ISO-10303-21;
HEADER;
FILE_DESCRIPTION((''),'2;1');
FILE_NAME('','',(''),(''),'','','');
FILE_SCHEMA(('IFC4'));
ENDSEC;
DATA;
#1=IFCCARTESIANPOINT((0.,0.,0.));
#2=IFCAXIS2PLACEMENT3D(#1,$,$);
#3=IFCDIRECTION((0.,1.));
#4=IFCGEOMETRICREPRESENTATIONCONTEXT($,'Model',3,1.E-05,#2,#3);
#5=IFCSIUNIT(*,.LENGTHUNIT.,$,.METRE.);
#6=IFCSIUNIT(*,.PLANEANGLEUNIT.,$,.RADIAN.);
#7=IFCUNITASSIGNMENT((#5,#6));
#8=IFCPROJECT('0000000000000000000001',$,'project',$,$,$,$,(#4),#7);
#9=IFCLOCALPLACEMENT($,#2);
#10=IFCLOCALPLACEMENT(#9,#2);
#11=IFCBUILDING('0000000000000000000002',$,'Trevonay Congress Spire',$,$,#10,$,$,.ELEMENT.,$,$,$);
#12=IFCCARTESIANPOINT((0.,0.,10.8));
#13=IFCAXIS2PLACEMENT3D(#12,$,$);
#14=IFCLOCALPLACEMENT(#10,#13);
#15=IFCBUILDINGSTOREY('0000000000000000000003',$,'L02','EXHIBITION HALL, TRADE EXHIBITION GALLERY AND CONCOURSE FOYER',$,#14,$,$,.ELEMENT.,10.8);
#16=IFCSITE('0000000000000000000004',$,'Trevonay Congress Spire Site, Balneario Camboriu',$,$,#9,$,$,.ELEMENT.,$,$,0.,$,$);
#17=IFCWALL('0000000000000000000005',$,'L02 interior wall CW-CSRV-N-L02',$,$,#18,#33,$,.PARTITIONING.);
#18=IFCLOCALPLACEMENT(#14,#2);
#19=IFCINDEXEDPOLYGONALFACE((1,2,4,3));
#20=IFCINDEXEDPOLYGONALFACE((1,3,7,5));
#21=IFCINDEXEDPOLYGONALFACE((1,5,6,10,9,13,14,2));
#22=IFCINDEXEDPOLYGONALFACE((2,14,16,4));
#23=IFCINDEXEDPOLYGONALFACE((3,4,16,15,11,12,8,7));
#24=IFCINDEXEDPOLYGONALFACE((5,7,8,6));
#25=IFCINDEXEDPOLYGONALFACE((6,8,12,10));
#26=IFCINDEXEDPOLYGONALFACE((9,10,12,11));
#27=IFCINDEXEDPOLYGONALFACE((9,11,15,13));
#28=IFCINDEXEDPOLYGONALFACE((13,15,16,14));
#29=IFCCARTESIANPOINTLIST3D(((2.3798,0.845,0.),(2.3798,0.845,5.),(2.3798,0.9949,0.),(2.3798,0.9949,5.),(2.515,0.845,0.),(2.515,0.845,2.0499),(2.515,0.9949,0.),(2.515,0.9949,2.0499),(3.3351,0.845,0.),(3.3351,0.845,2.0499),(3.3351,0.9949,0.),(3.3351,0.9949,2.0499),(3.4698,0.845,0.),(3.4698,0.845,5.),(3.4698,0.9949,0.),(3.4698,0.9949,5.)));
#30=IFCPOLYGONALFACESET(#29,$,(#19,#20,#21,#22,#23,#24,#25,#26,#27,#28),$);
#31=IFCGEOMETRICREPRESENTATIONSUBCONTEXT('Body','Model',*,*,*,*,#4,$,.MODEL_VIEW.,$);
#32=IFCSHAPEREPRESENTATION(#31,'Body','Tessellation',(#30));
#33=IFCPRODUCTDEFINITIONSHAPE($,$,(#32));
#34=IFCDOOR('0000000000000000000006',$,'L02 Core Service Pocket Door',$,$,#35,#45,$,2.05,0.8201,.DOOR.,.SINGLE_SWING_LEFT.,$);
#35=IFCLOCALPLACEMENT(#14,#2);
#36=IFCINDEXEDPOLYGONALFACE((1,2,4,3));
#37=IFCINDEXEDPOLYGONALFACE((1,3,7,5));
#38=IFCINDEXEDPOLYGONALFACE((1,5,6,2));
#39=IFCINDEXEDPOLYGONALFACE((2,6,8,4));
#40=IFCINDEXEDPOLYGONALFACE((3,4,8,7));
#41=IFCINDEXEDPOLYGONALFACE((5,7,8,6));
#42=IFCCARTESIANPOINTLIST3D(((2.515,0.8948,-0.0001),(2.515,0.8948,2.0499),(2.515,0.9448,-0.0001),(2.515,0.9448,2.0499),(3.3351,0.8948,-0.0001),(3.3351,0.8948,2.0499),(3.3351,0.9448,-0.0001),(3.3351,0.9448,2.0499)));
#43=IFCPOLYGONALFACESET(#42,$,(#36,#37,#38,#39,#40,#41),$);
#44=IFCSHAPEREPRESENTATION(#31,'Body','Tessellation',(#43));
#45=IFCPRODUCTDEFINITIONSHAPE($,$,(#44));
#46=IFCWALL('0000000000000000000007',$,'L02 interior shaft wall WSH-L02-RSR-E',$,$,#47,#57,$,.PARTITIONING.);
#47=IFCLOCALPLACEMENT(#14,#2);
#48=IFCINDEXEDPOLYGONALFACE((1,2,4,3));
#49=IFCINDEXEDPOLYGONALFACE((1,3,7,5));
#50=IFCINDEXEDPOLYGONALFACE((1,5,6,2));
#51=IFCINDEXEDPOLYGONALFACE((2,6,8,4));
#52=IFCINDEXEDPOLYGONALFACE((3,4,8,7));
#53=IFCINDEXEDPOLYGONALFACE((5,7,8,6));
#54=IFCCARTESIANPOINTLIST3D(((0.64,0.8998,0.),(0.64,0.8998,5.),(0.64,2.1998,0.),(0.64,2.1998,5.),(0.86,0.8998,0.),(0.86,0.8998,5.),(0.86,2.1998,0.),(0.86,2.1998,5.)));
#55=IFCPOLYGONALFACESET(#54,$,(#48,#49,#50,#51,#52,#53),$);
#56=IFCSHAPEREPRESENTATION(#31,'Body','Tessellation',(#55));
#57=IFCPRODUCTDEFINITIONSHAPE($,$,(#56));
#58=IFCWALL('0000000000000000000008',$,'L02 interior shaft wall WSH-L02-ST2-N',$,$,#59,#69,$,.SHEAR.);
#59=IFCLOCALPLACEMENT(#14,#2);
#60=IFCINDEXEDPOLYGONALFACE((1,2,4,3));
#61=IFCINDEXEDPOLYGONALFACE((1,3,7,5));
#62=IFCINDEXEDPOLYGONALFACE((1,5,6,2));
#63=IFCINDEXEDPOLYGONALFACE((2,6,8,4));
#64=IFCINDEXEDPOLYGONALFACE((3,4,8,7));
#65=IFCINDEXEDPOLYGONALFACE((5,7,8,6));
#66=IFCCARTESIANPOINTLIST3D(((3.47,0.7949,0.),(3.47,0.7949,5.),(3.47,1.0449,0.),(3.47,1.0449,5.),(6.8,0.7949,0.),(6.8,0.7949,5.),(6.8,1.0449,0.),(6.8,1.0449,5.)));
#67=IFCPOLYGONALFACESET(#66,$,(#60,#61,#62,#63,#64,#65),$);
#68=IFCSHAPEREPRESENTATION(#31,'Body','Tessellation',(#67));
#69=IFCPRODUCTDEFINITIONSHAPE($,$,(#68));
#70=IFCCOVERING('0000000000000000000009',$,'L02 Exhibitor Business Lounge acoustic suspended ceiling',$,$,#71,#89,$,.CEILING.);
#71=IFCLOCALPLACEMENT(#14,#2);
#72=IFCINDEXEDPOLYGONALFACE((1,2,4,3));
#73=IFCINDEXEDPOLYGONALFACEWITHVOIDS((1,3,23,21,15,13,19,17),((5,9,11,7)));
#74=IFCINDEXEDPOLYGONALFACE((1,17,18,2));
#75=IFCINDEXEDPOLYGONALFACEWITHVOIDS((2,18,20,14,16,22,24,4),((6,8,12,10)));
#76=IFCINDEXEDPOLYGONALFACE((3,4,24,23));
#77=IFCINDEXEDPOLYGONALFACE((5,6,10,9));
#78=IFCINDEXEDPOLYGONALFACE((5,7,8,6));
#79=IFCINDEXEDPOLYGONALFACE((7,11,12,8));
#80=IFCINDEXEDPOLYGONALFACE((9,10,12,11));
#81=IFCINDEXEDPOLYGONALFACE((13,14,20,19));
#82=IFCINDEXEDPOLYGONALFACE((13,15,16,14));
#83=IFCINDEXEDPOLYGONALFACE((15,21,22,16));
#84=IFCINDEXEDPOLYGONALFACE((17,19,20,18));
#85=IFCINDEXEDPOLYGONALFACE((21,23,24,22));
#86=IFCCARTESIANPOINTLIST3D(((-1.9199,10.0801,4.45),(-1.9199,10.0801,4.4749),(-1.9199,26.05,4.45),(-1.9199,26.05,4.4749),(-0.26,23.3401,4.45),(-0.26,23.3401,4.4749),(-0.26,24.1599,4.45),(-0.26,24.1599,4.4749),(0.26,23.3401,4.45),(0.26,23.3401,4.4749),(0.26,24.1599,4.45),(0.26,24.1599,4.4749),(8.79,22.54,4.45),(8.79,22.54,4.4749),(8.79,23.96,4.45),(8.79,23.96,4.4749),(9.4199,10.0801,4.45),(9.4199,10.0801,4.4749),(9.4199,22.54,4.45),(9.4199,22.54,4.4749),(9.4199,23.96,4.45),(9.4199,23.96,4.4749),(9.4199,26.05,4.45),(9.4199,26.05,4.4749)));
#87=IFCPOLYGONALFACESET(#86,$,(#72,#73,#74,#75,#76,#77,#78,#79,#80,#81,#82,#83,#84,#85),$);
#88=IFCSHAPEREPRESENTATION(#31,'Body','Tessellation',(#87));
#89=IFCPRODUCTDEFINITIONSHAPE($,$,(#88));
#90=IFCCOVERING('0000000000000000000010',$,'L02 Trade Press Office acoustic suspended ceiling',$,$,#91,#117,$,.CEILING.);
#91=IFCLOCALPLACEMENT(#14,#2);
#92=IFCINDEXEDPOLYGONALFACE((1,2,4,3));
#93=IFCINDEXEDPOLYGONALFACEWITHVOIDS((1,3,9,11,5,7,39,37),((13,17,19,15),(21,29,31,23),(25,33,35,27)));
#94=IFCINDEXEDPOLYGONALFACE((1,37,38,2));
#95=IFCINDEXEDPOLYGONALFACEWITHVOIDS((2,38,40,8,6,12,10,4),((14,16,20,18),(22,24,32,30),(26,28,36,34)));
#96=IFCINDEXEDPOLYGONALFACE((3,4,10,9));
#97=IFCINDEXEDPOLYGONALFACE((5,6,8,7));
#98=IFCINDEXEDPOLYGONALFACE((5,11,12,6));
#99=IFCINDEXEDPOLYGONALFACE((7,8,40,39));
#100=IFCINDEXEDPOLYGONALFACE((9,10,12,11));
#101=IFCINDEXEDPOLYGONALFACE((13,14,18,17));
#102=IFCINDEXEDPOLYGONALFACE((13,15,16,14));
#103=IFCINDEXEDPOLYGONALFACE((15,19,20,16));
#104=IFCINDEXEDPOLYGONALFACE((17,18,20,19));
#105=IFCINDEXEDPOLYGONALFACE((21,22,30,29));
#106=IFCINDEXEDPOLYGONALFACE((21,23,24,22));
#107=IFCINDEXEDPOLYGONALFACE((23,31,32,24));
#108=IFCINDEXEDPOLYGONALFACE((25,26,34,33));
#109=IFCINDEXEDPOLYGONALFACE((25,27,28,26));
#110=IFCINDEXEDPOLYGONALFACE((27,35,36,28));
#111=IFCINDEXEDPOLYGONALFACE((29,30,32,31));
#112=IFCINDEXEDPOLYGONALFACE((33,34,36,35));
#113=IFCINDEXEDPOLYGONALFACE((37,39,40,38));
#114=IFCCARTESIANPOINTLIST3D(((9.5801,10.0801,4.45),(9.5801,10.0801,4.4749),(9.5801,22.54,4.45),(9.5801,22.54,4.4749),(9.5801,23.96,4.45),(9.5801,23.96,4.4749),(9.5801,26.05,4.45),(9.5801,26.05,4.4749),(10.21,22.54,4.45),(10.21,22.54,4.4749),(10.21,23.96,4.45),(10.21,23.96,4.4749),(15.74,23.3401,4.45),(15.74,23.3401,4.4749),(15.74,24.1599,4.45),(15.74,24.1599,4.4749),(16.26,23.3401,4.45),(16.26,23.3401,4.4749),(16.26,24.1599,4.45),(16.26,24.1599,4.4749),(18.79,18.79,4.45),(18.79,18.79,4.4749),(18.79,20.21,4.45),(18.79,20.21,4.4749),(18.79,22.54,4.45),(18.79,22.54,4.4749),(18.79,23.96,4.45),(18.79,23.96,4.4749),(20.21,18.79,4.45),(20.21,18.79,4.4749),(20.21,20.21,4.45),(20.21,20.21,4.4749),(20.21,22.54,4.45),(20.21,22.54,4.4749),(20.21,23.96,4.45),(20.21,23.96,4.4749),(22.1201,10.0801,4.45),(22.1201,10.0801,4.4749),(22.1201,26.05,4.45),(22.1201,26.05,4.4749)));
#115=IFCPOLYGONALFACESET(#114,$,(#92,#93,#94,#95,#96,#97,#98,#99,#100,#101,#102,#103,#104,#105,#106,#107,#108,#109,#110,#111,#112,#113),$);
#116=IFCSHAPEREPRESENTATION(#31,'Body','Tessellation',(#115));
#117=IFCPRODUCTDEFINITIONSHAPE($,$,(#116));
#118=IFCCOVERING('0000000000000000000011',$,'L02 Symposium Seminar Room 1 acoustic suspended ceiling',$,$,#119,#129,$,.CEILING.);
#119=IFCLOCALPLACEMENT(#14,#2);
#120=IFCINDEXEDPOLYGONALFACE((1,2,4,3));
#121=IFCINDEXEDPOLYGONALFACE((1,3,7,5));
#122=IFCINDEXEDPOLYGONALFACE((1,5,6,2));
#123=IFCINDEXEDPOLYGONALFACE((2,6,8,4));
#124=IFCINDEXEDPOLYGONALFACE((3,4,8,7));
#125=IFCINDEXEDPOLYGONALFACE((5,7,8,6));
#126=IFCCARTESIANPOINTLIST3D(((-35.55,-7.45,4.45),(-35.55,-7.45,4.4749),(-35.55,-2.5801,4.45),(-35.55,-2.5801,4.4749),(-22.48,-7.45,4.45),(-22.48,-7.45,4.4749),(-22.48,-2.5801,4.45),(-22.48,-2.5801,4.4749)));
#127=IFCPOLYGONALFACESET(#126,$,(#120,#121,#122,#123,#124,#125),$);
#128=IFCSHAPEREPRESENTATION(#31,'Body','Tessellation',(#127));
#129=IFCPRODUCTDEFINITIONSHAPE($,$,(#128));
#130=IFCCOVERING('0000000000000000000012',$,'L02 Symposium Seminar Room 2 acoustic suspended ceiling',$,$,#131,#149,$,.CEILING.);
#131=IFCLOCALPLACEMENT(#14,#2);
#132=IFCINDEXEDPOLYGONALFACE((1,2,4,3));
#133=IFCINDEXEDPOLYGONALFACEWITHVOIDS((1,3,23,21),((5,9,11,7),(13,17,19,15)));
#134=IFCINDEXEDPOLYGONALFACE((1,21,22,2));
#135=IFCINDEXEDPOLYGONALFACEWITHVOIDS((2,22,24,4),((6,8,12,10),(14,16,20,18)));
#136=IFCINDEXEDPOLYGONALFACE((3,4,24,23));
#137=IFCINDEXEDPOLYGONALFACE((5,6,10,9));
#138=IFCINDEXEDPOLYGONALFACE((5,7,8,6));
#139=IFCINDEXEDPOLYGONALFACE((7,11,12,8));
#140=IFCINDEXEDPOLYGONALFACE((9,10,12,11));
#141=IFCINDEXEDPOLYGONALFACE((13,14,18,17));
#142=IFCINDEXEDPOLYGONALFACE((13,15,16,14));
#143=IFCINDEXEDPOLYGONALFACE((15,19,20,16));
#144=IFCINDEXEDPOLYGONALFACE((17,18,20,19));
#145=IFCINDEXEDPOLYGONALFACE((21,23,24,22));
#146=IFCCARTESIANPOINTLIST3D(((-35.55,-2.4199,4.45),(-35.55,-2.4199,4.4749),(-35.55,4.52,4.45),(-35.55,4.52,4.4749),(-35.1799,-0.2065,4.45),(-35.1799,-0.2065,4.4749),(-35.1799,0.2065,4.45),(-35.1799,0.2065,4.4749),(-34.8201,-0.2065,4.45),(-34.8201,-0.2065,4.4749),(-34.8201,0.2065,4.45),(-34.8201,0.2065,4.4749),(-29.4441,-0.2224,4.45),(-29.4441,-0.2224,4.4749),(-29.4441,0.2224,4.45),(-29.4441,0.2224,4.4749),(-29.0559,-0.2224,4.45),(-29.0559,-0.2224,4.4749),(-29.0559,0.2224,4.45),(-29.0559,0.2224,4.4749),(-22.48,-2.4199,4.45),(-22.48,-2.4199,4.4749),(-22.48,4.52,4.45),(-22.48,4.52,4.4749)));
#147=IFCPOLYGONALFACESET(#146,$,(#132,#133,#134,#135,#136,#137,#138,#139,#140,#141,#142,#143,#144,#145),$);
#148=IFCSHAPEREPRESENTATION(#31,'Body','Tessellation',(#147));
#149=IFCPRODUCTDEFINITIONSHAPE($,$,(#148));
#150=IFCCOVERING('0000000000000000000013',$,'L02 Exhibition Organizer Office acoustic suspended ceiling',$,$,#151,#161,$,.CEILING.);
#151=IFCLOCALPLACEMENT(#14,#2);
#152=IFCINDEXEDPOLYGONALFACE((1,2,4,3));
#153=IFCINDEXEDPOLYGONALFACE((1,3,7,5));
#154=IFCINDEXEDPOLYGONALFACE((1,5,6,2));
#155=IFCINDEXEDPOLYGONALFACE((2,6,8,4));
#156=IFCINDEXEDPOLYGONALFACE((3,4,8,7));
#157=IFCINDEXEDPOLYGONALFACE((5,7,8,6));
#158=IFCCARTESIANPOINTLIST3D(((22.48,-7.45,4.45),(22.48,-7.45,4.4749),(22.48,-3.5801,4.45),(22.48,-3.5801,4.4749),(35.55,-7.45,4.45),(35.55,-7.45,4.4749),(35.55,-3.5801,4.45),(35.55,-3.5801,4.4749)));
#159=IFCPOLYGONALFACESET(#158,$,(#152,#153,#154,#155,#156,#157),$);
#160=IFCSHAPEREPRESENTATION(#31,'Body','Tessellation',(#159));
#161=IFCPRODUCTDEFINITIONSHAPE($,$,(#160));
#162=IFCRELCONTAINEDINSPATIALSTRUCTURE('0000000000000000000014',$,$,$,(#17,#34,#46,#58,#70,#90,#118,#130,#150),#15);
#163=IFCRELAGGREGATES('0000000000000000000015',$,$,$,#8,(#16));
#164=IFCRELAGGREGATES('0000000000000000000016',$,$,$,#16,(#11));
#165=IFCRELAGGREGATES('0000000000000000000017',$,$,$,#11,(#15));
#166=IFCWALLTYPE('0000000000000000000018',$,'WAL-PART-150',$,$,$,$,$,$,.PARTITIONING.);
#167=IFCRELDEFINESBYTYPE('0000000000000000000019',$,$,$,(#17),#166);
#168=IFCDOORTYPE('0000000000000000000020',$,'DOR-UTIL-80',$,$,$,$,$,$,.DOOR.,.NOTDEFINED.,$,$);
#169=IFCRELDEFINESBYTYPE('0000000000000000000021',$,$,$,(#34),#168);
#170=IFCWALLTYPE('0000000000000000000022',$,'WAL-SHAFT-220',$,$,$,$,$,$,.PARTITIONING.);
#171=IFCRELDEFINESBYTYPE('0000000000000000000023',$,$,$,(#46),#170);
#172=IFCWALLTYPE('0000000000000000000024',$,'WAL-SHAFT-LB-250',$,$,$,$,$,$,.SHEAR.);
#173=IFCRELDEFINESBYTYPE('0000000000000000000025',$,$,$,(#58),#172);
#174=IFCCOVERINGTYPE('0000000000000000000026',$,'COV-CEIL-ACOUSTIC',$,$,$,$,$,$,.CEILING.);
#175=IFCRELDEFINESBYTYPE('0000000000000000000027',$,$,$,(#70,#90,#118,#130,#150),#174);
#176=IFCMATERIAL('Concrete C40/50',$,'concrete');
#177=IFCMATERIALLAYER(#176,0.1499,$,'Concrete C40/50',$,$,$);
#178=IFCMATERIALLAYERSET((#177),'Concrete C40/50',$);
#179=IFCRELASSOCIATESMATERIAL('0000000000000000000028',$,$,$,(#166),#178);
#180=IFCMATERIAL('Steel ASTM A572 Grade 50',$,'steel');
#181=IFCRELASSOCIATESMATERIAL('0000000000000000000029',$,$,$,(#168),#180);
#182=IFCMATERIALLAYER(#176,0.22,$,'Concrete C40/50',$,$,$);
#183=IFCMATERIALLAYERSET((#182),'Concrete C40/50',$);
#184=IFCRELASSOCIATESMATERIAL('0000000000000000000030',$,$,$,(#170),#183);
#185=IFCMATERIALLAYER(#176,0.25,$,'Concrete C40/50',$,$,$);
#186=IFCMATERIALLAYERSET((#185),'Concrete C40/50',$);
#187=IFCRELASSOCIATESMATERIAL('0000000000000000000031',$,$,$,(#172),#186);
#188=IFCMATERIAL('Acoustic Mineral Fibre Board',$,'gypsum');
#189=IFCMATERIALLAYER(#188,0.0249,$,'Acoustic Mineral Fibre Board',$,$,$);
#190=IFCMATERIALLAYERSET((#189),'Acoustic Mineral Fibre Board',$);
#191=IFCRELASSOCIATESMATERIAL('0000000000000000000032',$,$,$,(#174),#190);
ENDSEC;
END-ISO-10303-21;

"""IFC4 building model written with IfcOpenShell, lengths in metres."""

from ifc_helpers import new_model, si_unit, direction, frame, frame_2d, origin, place, context, subcontext, project, spatial, polyline, rectangle, outline, extrude, material, layer, layer_set, type_object, element, fill, save


model = new_model("IFC4")

# Units and contexts
model_context = context("Model", 3, precision=1e-05, world=origin(), true_north=direction((0.0, 1.0)))
body_context = subcontext(model_context, "Body", "Model", "MODEL_VIEW")
ifc_project = project(units=[si_unit("LENGTHUNIT", "METRE"), si_unit("PLANEANGLEUNIT", "RADIAN")], contexts=[model_context])

# Site, building, storey
site_placement = place(None, origin())
site = spatial("IfcSite", under=ifc_project, at=site_placement, Name="Trevonay Congress Spire Site, Balneario Camboriu", CompositionType="ELEMENT", RefElevation=0.0)
building_placement = place(site_placement, origin())
building = spatial("IfcBuilding", under=site, at=building_placement, Name="Trevonay Congress Spire", CompositionType="ELEMENT")
storey_placement = place(building_placement, frame((0.0, 0.0, 10.8)))
storey = spatial("IfcBuildingStorey", under=building, at=storey_placement, Name="L02", Description="EXHIBITION HALL, TRADE EXHIBITION GALLERY AND CONCOURSE FOYER", CompositionType="ELEMENT", Elevation=10.8)

# Shared definitions
ifc_material_1 = material(Name="Steel ASTM A572 Grade 50", Category="steel")

# Wall, opening, door
ifc_material_2 = material(Name="Concrete C40/50", Category="concrete")
ifc_layer_1 = layer(ifc_material_2, 0.1499, Name="Concrete C40/50")
ifc_layer_set_1 = layer_set([ifc_layer_1], Name="Concrete C40/50")
wall_type_1 = type_object("IfcWallType", Name="WAL-PART-150", PredefinedType="PARTITIONING", material=ifc_layer_set_1)
wall_1_placement = place(storey_placement, frame((2.3799, 0.9199, 0.0), z_axis=(0.0, 0.0, 1.0), x_axis=(1.0, 0.0, 0.0)))
wall_1 = element("IfcWall", 1, at=wall_1_placement, inside=storey, type_object=wall_type_1, Name="L02 interior wall CW-CSRV-N-L02", PredefinedType="PARTITIONING", context=body_context, shape_type="SweptSolid", body=[
    extrude(rectangle(XDim=1.0901, YDim=0.1499, at=frame_2d((0.5449, 0.0))), origin(), (0.0, 0.0, 1.0), 5.0),
])
opening_placement = place(wall_1_placement, frame((0.135, 0.0, 0.0)))
opening = element("IfcOpeningElement", 2, at=opening_placement, cuts=wall_1, PredefinedType="OPENING", context=body_context, shape_type="SweptSolid", body=[
    extrude(rectangle(XDim=0.8201, YDim=2.05, at=frame_2d((0.4102, 1.0249))), frame((0.0, 0.085, 0.0), z_axis=(0.0, -1.0, 0.0), x_axis=(1.0, 0.0, 0.0)), (0.0, 0.0, 1.0), 0.1699),
])
door_type = type_object("IfcDoorType", Name="DOR-UTIL-80", OperationType="NOTDEFINED", PredefinedType="DOOR", material=ifc_material_1)
door_placement = place(opening_placement, origin())
door = element("IfcDoor", 3, at=door_placement, inside=storey, type_object=door_type, Name="L02 Core Service Pocket Door", OperationType="SINGLE_SWING_LEFT", OverallHeight=2.05, OverallWidth=0.8201, PredefinedType="DOOR", context=body_context, shape_type="SweptSolid", body=[
    extrude(rectangle(XDim=0.8201, YDim=2.05, at=frame_2d((0.4102, 1.0249))), frame((0.0, 0.0249, 0.0), z_axis=(0.0, -1.0, 0.0), x_axis=(1.0, 0.0, 0.0)), (0.0, 0.0, 1.0), 0.05),
])
fill(opening, door)

# Walls
ifc_layer_2 = layer(ifc_material_2, 0.22, Name="Concrete C40/50")
ifc_layer_set_2 = layer_set([ifc_layer_2], Name="Concrete C40/50")
wall_type_2 = type_object("IfcWallType", Name="WAL-SHAFT-220", PredefinedType="PARTITIONING", material=ifc_layer_set_2)
wall_2_placement = place(storey_placement, frame((0.75, 0.8999, 0.0), z_axis=(0.0, 0.0, 1.0), x_axis=(0.0, 1.0, 0.0)))
element("IfcWall", 4, at=wall_2_placement, inside=storey, type_object=wall_type_2, Name="L02 interior shaft wall WSH-L02-RSR-E", PredefinedType="PARTITIONING", context=body_context, shape_type="SweptSolid", body=[
    extrude(rectangle(XDim=1.3, YDim=0.22, at=frame_2d((0.6499, 0.0))), origin(), (0.0, 0.0, 1.0), 5.0),
])
ifc_layer_3 = layer(ifc_material_2, 0.25, Name="Concrete C40/50")
ifc_layer_set_3 = layer_set([ifc_layer_3], Name="Concrete C40/50")
wall_type_3 = type_object("IfcWallType", Name="WAL-SHAFT-LB-250", PredefinedType="SHEAR", material=ifc_layer_set_3)
wall_3_placement = place(storey_placement, frame((3.47, 0.9199, 0.0), z_axis=(0.0, 0.0, 1.0), x_axis=(1.0, 0.0, 0.0)))
element("IfcWall", 5, at=wall_3_placement, inside=storey, type_object=wall_type_3, Name="L02 interior shaft wall WSH-L02-ST2-N", PredefinedType="SHEAR", context=body_context, shape_type="SweptSolid", body=[
    extrude(rectangle(XDim=3.3301, YDim=0.25, at=frame_2d((1.665, 0.0))), origin(), (0.0, 0.0, 1.0), 5.0),
])

# Coverings
ifc_material_3 = material(Name="Acoustic Mineral Fibre Board", Category="gypsum")
ifc_layer_4 = layer(ifc_material_3, 0.0249, Name="Acoustic Mineral Fibre Board")
ifc_layer_set_4 = layer_set([ifc_layer_4], Name="Acoustic Mineral Fibre Board")
covering_type_1 = type_object("IfcCoveringType", Name="COV-CEIL-ACOUSTIC", PredefinedType="CEILING", material=ifc_layer_set_4)
covering_1_placement = place(storey_placement, frame((0.0, 0.0, 4.45)))
element("IfcCovering", 6, at=covering_1_placement, inside=storey, type_object=covering_type_1, Name="L02 Exhibitor Business Lounge acoustic suspended ceiling", PredefinedType="CEILING", context=body_context, shape_type="SweptSolid", body=[
    extrude(outline(polyline([(9.4199, 10.0801), (-1.9199, 10.0801), (-1.9199, 26.05), (9.4199, 26.05), (9.4199, 23.96), (8.79, 23.96), (8.79, 22.54), (9.4199, 22.54), (9.4199, 10.0801)]), holes=[polyline([(-0.26, 23.3401), (0.26, 23.3401), (0.26, 24.1599), (-0.26, 24.1599), (-0.26, 23.3401)])]), origin(), (0.0, 0.0, 1.0), 0.0249),
])
covering_2_placement = place(storey_placement, frame((0.0, 0.0, 4.45)))
element("IfcCovering", 7, at=covering_2_placement, inside=storey, type_object=covering_type_1, Name="L02 Trade Press Office acoustic suspended ceiling", PredefinedType="CEILING", context=body_context, shape_type="SweptSolid", body=[
    extrude(outline(polyline([(9.5801, 26.05), (22.1201, 26.05), (22.1201, 10.0801), (9.5801, 10.0801), (9.5801, 22.54), (10.21, 22.54), (10.21, 23.96), (9.5801, 23.96), (9.5801, 26.05)]), holes=[polyline([(18.79, 20.21), (18.79, 18.79), (20.21, 18.79), (20.21, 20.21), (18.79, 20.21)]), polyline([(18.79, 23.96), (18.79, 22.54), (20.21, 22.54), (20.21, 23.96), (18.79, 23.96)]), polyline([(15.74, 24.1599), (15.74, 23.3401), (16.26, 23.3401), (16.26, 24.1599), (15.74, 24.1599)])]), origin(), (0.0, 0.0, 1.0), 0.0249),
])
covering_3_placement = place(storey_placement, frame((0.0, 0.0, 4.45)))
element("IfcCovering", 8, at=covering_3_placement, inside=storey, type_object=covering_type_1, Name="L02 Symposium Seminar Room 1 acoustic suspended ceiling", PredefinedType="CEILING", context=body_context, shape_type="SweptSolid", body=[
    extrude(outline(polyline([(-35.55, -7.45), (-22.48, -7.45), (-22.48, -2.5801), (-35.55, -2.5801), (-35.55, -7.45)])), origin(), (0.0, 0.0, 1.0), 0.0249),
])
covering_4_placement = place(storey_placement, frame((0.0, 0.0, 4.45)))
element("IfcCovering", 9, at=covering_4_placement, inside=storey, type_object=covering_type_1, Name="L02 Symposium Seminar Room 2 acoustic suspended ceiling", PredefinedType="CEILING", context=body_context, shape_type="SweptSolid", body=[
    extrude(outline(polyline([(-35.55, 4.52), (-22.48, 4.52), (-22.48, -2.4199), (-35.55, -2.4199), (-35.55, 4.52)]), holes=[polyline([(-35.1799, -0.2065), (-34.8201, -0.2065), (-34.8201, 0.2065), (-35.1799, 0.2065), (-35.1799, -0.2065)]), polyline([(-29.4441, -0.2224), (-29.0559, -0.2224), (-29.0559, 0.2224), (-29.4441, 0.2224), (-29.4441, -0.2224)])]), origin(), (0.0, 0.0, 1.0), 0.0249),
])
covering_5_placement = place(storey_placement, frame((0.0, 0.0, 4.45)))
element("IfcCovering", 10, at=covering_5_placement, inside=storey, type_object=covering_type_1, Name="L02 Exhibition Organizer Office acoustic suspended ceiling", PredefinedType="CEILING", context=body_context, shape_type="SweptSolid", body=[
    extrude(outline(polyline([(22.48, -7.45), (35.55, -7.45), (35.55, -3.5801), (22.48, -3.5801), (22.48, -7.45)])), origin(), (0.0, 0.0, 1.0), 0.0249),
])

save(model, "model.ifc")
